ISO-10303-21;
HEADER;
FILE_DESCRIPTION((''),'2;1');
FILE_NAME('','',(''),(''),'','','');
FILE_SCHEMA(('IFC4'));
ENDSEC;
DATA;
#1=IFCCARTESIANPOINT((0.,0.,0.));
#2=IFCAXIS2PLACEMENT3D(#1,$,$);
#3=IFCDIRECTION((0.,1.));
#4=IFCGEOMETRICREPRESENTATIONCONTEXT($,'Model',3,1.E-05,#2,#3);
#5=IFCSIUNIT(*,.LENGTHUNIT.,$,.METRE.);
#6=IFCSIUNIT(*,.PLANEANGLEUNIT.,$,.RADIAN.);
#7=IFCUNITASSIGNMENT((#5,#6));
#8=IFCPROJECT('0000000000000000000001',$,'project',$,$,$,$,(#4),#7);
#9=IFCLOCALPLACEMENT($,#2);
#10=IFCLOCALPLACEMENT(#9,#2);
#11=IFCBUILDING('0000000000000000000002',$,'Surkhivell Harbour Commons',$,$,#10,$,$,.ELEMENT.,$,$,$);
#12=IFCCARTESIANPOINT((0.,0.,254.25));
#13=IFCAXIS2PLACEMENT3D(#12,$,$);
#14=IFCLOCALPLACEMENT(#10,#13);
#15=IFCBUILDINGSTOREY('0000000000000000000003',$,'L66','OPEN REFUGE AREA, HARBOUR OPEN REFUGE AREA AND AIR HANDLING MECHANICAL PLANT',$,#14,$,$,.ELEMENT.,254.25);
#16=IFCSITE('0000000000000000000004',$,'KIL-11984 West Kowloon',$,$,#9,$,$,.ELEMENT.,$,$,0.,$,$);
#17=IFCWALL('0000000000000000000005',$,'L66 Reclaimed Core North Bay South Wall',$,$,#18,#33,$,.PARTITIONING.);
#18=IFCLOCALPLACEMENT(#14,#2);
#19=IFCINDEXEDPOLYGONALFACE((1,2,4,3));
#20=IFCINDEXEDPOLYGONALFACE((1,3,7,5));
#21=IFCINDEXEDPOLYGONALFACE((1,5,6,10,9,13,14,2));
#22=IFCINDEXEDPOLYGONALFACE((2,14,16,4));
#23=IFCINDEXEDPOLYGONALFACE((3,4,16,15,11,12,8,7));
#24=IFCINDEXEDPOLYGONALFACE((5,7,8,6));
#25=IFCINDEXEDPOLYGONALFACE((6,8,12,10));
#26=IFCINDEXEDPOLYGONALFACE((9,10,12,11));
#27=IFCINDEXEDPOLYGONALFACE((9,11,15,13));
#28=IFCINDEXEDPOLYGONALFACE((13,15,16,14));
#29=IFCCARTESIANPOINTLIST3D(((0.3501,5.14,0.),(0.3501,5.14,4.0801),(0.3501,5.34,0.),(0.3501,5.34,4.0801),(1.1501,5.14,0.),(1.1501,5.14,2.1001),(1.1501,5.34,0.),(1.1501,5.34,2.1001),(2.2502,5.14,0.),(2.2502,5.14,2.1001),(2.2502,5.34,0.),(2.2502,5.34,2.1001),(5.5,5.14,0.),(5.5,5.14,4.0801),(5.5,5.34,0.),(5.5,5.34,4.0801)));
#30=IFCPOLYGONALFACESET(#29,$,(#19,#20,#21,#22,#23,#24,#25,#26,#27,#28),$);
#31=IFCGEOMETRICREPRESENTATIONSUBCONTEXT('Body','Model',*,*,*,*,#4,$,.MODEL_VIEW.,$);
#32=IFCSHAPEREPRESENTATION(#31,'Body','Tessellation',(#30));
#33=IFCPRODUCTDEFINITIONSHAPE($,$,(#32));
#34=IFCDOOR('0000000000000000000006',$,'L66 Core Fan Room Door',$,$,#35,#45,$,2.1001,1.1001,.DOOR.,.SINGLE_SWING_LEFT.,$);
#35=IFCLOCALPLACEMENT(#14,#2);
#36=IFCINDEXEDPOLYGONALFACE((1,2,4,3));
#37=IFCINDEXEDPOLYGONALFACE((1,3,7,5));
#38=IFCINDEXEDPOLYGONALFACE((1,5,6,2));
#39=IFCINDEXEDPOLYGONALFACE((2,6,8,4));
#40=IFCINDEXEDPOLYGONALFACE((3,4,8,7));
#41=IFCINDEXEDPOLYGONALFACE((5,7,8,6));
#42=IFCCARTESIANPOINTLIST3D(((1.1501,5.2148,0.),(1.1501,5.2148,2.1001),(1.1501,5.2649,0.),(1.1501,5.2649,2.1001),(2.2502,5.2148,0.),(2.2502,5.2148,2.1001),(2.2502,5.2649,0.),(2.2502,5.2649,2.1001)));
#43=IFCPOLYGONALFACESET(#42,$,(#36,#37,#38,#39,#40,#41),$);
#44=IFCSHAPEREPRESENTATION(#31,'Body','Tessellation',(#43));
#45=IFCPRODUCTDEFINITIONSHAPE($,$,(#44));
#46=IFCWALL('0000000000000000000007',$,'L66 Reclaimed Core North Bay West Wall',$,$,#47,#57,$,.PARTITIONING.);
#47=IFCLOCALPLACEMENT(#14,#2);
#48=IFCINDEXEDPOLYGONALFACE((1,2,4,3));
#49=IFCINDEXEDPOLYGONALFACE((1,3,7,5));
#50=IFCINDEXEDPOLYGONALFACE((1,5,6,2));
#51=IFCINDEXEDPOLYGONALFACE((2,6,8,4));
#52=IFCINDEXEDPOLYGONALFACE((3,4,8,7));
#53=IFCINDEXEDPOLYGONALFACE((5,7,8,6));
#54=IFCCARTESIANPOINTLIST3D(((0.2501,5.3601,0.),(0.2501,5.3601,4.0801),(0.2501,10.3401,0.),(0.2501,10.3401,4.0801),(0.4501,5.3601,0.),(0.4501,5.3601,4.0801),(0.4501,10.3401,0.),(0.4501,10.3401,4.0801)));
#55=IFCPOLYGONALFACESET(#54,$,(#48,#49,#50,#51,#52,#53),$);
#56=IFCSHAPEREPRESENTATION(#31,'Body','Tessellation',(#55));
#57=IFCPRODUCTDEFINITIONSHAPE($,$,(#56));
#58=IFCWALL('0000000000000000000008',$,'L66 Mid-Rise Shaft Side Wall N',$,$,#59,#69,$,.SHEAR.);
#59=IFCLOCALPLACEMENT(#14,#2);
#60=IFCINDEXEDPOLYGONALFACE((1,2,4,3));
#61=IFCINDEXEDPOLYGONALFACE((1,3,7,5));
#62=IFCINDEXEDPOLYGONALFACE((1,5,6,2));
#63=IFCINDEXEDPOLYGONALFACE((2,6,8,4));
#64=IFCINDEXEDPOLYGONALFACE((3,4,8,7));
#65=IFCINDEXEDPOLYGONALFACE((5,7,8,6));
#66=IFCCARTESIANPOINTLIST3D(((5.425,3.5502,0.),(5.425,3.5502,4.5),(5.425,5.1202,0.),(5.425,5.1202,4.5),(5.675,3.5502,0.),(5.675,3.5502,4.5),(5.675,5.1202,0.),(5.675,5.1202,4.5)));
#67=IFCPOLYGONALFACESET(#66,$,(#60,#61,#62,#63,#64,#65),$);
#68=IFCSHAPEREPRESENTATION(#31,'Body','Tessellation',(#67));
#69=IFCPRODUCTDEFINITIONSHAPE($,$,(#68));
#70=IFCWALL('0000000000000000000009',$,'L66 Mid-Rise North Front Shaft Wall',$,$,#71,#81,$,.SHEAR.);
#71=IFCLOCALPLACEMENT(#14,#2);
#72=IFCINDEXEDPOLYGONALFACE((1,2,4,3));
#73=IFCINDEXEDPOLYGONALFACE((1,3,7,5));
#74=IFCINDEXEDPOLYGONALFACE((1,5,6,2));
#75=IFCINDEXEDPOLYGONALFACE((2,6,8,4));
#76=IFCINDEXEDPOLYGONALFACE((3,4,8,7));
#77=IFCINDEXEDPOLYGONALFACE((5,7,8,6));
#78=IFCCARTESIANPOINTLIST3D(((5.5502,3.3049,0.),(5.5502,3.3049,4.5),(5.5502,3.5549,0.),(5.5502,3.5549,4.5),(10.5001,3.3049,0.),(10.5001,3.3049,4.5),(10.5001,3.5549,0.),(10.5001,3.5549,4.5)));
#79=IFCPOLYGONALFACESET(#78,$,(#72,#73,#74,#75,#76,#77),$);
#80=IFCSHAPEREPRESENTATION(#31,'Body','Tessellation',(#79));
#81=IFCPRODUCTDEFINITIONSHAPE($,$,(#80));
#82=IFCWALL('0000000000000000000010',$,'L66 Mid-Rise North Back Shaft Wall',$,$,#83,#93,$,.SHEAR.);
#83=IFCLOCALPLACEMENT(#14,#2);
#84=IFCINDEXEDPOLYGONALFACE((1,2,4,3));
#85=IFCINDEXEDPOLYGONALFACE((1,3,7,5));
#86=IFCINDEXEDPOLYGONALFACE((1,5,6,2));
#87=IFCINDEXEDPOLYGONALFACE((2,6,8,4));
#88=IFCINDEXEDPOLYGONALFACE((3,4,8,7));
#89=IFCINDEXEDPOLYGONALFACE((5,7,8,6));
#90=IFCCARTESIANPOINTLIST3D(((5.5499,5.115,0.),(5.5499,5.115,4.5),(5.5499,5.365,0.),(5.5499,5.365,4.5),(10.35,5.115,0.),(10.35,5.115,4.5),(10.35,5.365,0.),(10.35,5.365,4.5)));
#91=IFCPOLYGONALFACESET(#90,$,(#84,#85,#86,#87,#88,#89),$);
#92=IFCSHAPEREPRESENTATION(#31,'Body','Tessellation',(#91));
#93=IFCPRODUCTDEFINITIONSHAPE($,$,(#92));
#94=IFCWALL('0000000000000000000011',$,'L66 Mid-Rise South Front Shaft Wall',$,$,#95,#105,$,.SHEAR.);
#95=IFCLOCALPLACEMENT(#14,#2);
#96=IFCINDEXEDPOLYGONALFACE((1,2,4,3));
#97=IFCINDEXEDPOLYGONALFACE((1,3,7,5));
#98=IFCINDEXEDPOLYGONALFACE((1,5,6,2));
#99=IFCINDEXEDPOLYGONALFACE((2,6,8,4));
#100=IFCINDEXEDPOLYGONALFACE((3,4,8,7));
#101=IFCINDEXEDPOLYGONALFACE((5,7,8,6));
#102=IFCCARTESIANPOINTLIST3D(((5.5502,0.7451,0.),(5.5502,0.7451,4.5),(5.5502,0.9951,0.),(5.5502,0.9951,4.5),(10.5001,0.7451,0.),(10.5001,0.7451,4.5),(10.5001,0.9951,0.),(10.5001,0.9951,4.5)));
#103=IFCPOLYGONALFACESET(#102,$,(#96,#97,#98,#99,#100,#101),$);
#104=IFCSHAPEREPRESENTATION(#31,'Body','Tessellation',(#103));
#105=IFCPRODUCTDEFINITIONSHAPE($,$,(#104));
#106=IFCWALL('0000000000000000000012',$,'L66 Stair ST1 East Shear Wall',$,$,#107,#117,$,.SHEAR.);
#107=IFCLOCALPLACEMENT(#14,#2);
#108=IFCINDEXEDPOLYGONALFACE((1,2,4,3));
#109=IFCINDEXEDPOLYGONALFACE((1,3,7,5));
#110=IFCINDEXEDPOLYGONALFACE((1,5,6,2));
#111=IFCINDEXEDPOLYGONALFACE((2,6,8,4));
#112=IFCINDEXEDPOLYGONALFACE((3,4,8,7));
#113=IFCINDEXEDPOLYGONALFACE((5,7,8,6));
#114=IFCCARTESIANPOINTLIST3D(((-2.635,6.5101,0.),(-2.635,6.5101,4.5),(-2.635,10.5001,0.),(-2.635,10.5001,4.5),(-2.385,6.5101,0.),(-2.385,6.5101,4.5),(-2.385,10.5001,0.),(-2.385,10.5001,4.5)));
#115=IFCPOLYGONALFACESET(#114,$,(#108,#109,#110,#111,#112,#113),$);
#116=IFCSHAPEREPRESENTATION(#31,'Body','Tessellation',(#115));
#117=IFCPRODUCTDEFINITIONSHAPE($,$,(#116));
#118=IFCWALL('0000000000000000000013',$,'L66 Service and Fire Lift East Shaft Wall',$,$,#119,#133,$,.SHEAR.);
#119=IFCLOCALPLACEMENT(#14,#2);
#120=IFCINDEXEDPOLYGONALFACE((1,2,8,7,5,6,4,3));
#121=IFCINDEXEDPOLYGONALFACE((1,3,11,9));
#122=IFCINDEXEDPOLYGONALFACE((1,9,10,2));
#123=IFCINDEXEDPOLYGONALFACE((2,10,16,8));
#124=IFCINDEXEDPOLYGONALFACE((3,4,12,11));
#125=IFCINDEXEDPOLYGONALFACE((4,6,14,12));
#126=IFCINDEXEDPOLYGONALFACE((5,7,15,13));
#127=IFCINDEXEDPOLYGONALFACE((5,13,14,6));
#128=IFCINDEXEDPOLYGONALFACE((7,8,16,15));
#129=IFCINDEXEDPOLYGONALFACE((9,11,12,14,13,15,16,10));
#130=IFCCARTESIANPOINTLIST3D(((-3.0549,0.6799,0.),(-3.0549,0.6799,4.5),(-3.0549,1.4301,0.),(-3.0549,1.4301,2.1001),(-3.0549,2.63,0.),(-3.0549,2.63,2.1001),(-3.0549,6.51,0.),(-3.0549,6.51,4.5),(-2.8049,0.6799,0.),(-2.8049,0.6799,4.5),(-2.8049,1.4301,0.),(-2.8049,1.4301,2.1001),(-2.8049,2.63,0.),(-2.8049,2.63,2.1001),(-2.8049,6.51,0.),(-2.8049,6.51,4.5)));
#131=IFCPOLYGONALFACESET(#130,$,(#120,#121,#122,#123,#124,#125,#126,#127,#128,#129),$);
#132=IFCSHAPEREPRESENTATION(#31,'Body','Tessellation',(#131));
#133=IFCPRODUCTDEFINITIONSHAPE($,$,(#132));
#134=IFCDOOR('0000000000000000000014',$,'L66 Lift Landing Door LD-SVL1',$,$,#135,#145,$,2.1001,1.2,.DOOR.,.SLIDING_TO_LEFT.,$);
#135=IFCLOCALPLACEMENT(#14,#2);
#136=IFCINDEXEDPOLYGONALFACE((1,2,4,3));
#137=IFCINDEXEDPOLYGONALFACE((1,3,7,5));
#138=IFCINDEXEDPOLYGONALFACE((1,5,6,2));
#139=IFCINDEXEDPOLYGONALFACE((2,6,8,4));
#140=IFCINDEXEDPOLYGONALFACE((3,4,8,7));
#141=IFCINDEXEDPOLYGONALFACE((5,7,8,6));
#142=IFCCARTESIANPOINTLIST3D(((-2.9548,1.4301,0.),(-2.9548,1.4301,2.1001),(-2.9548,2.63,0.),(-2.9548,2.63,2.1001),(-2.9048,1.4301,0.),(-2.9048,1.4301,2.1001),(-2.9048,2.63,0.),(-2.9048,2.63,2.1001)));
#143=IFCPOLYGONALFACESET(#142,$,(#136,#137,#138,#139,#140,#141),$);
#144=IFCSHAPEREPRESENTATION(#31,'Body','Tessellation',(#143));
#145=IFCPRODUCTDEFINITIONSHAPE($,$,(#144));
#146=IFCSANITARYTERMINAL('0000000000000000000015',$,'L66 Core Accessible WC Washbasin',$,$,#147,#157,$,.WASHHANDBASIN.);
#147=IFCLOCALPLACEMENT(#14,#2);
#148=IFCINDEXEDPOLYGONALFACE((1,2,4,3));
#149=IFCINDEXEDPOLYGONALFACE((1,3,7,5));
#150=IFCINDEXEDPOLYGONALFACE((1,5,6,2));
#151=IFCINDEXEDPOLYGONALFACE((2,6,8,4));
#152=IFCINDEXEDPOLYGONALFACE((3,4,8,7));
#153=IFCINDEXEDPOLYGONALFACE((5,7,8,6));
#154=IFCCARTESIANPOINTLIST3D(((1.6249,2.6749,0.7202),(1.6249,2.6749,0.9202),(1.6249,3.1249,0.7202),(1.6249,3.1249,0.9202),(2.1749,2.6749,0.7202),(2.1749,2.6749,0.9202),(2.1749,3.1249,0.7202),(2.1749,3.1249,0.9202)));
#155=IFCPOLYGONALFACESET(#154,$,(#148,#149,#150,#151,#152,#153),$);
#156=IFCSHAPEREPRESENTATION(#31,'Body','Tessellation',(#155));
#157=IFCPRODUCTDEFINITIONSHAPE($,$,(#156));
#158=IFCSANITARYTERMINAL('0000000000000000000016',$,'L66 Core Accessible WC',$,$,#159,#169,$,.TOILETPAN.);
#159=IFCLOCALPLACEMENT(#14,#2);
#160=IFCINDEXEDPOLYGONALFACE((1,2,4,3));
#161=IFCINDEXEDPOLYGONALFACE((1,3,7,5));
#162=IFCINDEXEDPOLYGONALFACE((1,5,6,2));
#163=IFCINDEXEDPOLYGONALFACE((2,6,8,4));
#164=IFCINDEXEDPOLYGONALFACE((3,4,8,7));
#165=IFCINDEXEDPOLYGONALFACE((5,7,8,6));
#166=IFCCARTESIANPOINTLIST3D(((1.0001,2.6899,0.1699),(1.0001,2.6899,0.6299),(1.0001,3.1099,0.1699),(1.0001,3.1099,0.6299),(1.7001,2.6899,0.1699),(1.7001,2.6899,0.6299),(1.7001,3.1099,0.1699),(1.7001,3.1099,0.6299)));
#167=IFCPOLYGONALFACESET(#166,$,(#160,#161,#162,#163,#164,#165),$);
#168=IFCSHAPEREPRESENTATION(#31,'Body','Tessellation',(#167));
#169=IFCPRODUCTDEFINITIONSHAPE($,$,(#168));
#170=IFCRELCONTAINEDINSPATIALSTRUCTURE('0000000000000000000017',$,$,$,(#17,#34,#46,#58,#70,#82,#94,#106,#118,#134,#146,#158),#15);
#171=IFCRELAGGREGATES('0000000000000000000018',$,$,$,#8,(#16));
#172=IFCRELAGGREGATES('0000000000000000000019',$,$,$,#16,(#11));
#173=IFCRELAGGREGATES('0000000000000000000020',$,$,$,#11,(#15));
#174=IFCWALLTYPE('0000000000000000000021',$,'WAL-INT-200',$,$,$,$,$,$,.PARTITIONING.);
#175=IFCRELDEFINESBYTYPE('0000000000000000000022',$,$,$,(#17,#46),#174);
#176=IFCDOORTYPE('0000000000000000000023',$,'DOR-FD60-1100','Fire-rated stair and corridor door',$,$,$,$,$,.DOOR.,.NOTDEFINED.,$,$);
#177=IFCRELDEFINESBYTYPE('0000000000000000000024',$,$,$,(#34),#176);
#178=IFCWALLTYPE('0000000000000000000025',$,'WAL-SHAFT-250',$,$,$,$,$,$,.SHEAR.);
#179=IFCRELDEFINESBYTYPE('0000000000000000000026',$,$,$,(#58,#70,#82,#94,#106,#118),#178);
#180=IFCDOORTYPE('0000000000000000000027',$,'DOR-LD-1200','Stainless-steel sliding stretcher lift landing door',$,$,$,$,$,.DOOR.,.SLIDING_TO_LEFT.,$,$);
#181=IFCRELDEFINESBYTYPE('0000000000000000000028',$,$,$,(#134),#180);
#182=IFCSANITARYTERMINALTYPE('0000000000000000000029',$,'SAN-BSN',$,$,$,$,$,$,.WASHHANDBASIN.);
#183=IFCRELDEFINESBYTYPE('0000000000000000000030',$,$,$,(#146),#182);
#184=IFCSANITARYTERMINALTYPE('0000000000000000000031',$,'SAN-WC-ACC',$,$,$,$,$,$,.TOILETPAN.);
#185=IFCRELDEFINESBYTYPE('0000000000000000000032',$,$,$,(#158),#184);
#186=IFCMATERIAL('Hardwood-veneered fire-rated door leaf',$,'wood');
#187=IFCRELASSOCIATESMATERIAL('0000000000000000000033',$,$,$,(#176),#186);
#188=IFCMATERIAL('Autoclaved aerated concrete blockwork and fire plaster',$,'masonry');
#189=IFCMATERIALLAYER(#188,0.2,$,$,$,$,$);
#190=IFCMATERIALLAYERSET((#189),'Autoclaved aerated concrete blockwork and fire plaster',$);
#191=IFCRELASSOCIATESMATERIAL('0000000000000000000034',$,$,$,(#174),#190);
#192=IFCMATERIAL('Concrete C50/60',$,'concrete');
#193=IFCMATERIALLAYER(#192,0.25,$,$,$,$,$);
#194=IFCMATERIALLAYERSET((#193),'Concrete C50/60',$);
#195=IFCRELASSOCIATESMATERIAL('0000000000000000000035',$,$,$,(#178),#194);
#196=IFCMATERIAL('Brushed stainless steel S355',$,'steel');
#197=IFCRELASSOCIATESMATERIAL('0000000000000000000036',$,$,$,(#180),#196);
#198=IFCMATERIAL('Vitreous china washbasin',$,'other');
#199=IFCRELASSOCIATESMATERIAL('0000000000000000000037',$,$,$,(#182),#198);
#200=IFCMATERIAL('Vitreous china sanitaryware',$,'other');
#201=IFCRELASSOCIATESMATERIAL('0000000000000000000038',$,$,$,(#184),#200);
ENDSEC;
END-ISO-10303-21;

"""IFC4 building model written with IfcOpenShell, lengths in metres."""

from ifc_helpers import new_model, si_unit, direction, frame, frame_2d, origin, origin_2d, place, context, subcontext, project, spatial, rectangle, extrude, material, layer, layer_set, type_object, element, fill, save


model = new_model("IFC4")

# Units and contexts
model_context = context("Model", 3, precision=1e-05, world=origin(), true_north=direction((0.0, 1.0)))
body_context = subcontext(model_context, "Body", "Model", "MODEL_VIEW")
ifc_project = project(units=[si_unit("LENGTHUNIT", "METRE"), si_unit("PLANEANGLEUNIT", "RADIAN")], contexts=[model_context])

# Site, building, storey
site_placement = place(None, origin())
site = spatial("IfcSite", under=ifc_project, at=site_placement, Name="KIL-11984 West Kowloon", CompositionType="ELEMENT", RefElevation=0.0)
building_placement = place(site_placement, origin())
building = spatial("IfcBuilding", under=site, at=building_placement, Name="Surkhivell Harbour Commons", CompositionType="ELEMENT")
storey_placement = place(building_placement, frame((0.0, 0.0, 254.25)))
storey = spatial("IfcBuildingStorey", under=building, at=storey_placement, Name="L66", Description="OPEN REFUGE AREA, HARBOUR OPEN REFUGE AREA AND AIR HANDLING MECHANICAL PLANT", CompositionType="ELEMENT", Elevation=254.25)

# Shared definitions
ifc_material_1 = material(Name="Hardwood-veneered fire-rated door leaf", Category="wood")
door_type_1 = type_object("IfcDoorType", Name="DOR-FD60-1100", Description="Fire-rated stair and corridor door", OperationType="NOTDEFINED", PredefinedType="DOOR", material=ifc_material_1)

# Wall, opening, door
ifc_material_2 = material(Name="Autoclaved aerated concrete blockwork and fire plaster", Category="masonry")
ifc_layer_1 = layer(ifc_material_2, 0.2)
ifc_layer_set_1 = layer_set([ifc_layer_1], Name="Autoclaved aerated concrete blockwork and fire plaster")
wall_type_1 = type_object("IfcWallType", Name="WAL-INT-200", PredefinedType="PARTITIONING", material=ifc_layer_set_1)
wall_1_placement = place(storey_placement, frame((0.3501, 5.24, 0.0), z_axis=(0.0, 0.0, 1.0), x_axis=(1.0, 0.0, 0.0)))
wall_1 = element("IfcWall", 1, at=wall_1_placement, inside=storey, type_object=wall_type_1, Name="L66 Reclaimed Core North Bay South Wall", PredefinedType="PARTITIONING", context=body_context, shape_type="SweptSolid", body=[
    extrude(rectangle(XDim=5.1499, YDim=0.2, at=frame_2d((2.575, 0.0))), origin(), (0.0, 0.0, 1.0), 4.0801),
])
opening_1_placement = place(wall_1_placement, frame((0.8, 0.0, 0.0)))
opening_1 = element("IfcOpeningElement", 2, at=opening_1_placement, cuts=wall_1, PredefinedType="OPENING", context=body_context, shape_type="SweptSolid", body=[
    extrude(rectangle(XDim=1.1001, YDim=2.1001, at=frame_2d((0.55, 1.05))), frame((0.0, 0.1099, 0.0), z_axis=(0.0, -1.0, 0.0), x_axis=(1.0, 0.0, 0.0)), (0.0, 0.0, 1.0), 0.22),
])
door_1_placement = place(opening_1_placement, origin())
door_1 = element("IfcDoor", 3, at=door_1_placement, inside=storey, type_object=door_type_1, Name="L66 Core Fan Room Door", OperationType="SINGLE_SWING_LEFT", OverallHeight=2.1001, OverallWidth=1.1001, PredefinedType="DOOR", context=body_context, shape_type="SweptSolid", body=[
    extrude(rectangle(XDim=1.1001, YDim=2.1001, at=frame_2d((0.55, 1.05))), frame((0.0, 0.0249, 0.0), z_axis=(0.0, -1.0, 0.0), x_axis=(1.0, 0.0, 0.0)), (0.0, 0.0, 1.0), 0.05),
])
fill(opening_1, door_1)

# Walls
wall_2_placement = place(storey_placement, frame((0.3501, 5.3601, 0.0), z_axis=(0.0, 0.0, 1.0), x_axis=(0.0, 1.0, 0.0)))
element("IfcWall", 4, at=wall_2_placement, inside=storey, type_object=wall_type_1, Name="L66 Reclaimed Core North Bay West Wall", PredefinedType="PARTITIONING", context=body_context, shape_type="SweptSolid", body=[
    extrude(rectangle(XDim=4.98, YDim=0.2, at=frame_2d((2.49, 0.0))), origin(), (0.0, 0.0, 1.0), 4.0801),
])
ifc_material_3 = material(Name="Concrete C50/60", Category="concrete")
ifc_layer_2 = layer(ifc_material_3, 0.25)
ifc_layer_set_2 = layer_set([ifc_layer_2], Name="Concrete C50/60")
wall_type_2 = type_object("IfcWallType", Name="WAL-SHAFT-250", PredefinedType="SHEAR", material=ifc_layer_set_2)
wall_3_placement = place(storey_placement, frame((5.55, 3.55, 0.0), z_axis=(0.0, 0.0, 1.0), x_axis=(0.0, 1.0, 0.0)))
element("IfcWall", 5, at=wall_3_placement, inside=storey, type_object=wall_type_2, Name="L66 Mid-Rise Shaft Side Wall N", PredefinedType="SHEAR", context=body_context, shape_type="SweptSolid", body=[
    extrude(rectangle(XDim=1.5701, YDim=0.25, at=frame_2d((0.7852, 0.0))), origin(), (0.0, 0.0, 1.0), 4.5),
])
wall_4_placement = place(storey_placement, frame((5.55, 3.4299, 0.0), z_axis=(0.0, 0.0, 1.0), x_axis=(1.0, 0.0, 0.0)))
element("IfcWall", 6, at=wall_4_placement, inside=storey, type_object=wall_type_2, Name="L66 Mid-Rise North Front Shaft Wall", PredefinedType="SHEAR", context=body_context, shape_type="SweptSolid", body=[
    extrude(rectangle(XDim=4.95, YDim=0.25, at=frame_2d((2.4751, 0.0))), origin(), (0.0, 0.0, 1.0), 4.5),
])
wall_5_placement = place(storey_placement, frame((5.55, 5.24, 0.0), z_axis=(0.0, 0.0, 1.0), x_axis=(1.0, 0.0, 0.0)))
element("IfcWall", 7, at=wall_5_placement, inside=storey, type_object=wall_type_2, Name="L66 Mid-Rise North Back Shaft Wall", PredefinedType="SHEAR", context=body_context, shape_type="SweptSolid", body=[
    extrude(rectangle(XDim=4.8, YDim=0.25, at=frame_2d((2.3999, 0.0))), origin(), (0.0, 0.0, 1.0), 4.5),
])
wall_6_placement = place(storey_placement, frame((5.55, 0.8701, 0.0), z_axis=(0.0, 0.0, 1.0), x_axis=(1.0, 0.0, 0.0)))
element("IfcWall", 8, at=wall_6_placement, inside=storey, type_object=wall_type_2, Name="L66 Mid-Rise South Front Shaft Wall", PredefinedType="SHEAR", context=body_context, shape_type="SweptSolid", body=[
    extrude(rectangle(XDim=4.95, YDim=0.25, at=frame_2d((2.4751, 0.0))), origin(), (0.0, 0.0, 1.0), 4.5),
])
wall_7_placement = place(storey_placement, frame((-2.51, 6.51, 0.0), z_axis=(0.0, 0.0, 1.0), x_axis=(0.0, 1.0, 0.0)))
element("IfcWall", 9, at=wall_7_placement, inside=storey, type_object=wall_type_2, Name="L66 Stair ST1 East Shear Wall", PredefinedType="SHEAR", context=body_context, shape_type="SweptSolid", body=[
    extrude(rectangle(XDim=3.99, YDim=0.25, at=frame_2d((1.9951, 0.0))), origin(), (0.0, 0.0, 1.0), 4.5),
])

# Wall, opening, door
wall_8_placement = place(storey_placement, frame((-2.9299, 0.6799, 0.0), z_axis=(0.0, 0.0, 1.0), x_axis=(0.0, 1.0, 0.0)))
wall_8 = element("IfcWall", 10, at=wall_8_placement, inside=storey, type_object=wall_type_2, Name="L66 Service and Fire Lift East Shaft Wall", PredefinedType="SHEAR", context=body_context, shape_type="SweptSolid", body=[
    extrude(rectangle(XDim=5.8301, YDim=0.25, at=frame_2d((2.915, 0.0))), origin(), (0.0, 0.0, 1.0), 4.5),
])
opening_2_placement = place(wall_8_placement, frame((0.75, 0.0, 0.0)))
opening_2 = element("IfcOpeningElement", 11, at=opening_2_placement, cuts=wall_8, PredefinedType="OPENING", context=body_context, shape_type="SweptSolid", body=[
    extrude(rectangle(XDim=1.2, YDim=2.1001, at=frame_2d((0.6001, 1.05))), frame((0.0, 0.135, 0.0), z_axis=(0.0, -1.0, 0.0), x_axis=(1.0, 0.0, 0.0)), (0.0, 0.0, 1.0), 0.27),
])
ifc_material_4 = material(Name="Brushed stainless steel S355", Category="steel")
door_type_2 = type_object("IfcDoorType", Name="DOR-LD-1200", Description="Stainless-steel sliding stretcher lift landing door", OperationType="SLIDING_TO_LEFT", PredefinedType="DOOR", material=ifc_material_4)
door_2_placement = place(opening_2_placement, origin())
door_2 = element("IfcDoor", 12, at=door_2_placement, inside=storey, type_object=door_type_2, Name="L66 Lift Landing Door LD-SVL1", OperationType="SLIDING_TO_LEFT", OverallHeight=2.1001, OverallWidth=1.2, PredefinedType="DOOR", context=body_context, shape_type="SweptSolid", body=[
    extrude(rectangle(XDim=1.2, YDim=2.1001, at=frame_2d((0.6001, 1.05))), frame((0.0, 0.0249, 0.0), z_axis=(0.0, -1.0, 0.0), x_axis=(1.0, 0.0, 0.0)), (0.0, 0.0, 1.0), 0.05),
])
fill(opening_2, door_2)

# Sanitary terminals
ifc_material_5 = material(Name="Vitreous china washbasin", Category="other")
sanitary_terminal_type_1 = type_object("IfcSanitaryTerminalType", Name="SAN-BSN", PredefinedType="WASHHANDBASIN", material=ifc_material_5)
sanitary_terminal_1_placement = place(storey_placement, frame((1.8999, 2.8999, 0.7202), z_axis=(0.0, 0.0, 1.0), x_axis=(1.0, 0.0, 0.0)))
element("IfcSanitaryTerminal", 13, at=sanitary_terminal_1_placement, inside=storey, type_object=sanitary_terminal_type_1, Name="L66 Core Accessible WC Washbasin", PredefinedType="WASHHANDBASIN", context=body_context, shape_type="SweptSolid", body=[
    extrude(rectangle(XDim=0.55, YDim=0.45, at=origin_2d()), origin(), (0.0, 0.0, 1.0), 0.2),
])
ifc_material_6 = material(Name="Vitreous china sanitaryware", Category="other")
sanitary_terminal_type_2 = type_object("IfcSanitaryTerminalType", Name="SAN-WC-ACC", PredefinedType="TOILETPAN", material=ifc_material_6)
sanitary_terminal_2_placement = place(storey_placement, frame((1.3501, 2.8999, 0.1699), z_axis=(0.0, 0.0, 1.0), x_axis=(1.0, 0.0, 0.0)))
element("IfcSanitaryTerminal", 14, at=sanitary_terminal_2_placement, inside=storey, type_object=sanitary_terminal_type_2, Name="L66 Core Accessible WC", PredefinedType="TOILETPAN", context=body_context, shape_type="SweptSolid", body=[
    extrude(rectangle(XDim=0.7, YDim=0.4199, at=origin_2d()), origin(), (0.0, 0.0, 1.0), 0.46),
])

save(model, "model.ifc")
